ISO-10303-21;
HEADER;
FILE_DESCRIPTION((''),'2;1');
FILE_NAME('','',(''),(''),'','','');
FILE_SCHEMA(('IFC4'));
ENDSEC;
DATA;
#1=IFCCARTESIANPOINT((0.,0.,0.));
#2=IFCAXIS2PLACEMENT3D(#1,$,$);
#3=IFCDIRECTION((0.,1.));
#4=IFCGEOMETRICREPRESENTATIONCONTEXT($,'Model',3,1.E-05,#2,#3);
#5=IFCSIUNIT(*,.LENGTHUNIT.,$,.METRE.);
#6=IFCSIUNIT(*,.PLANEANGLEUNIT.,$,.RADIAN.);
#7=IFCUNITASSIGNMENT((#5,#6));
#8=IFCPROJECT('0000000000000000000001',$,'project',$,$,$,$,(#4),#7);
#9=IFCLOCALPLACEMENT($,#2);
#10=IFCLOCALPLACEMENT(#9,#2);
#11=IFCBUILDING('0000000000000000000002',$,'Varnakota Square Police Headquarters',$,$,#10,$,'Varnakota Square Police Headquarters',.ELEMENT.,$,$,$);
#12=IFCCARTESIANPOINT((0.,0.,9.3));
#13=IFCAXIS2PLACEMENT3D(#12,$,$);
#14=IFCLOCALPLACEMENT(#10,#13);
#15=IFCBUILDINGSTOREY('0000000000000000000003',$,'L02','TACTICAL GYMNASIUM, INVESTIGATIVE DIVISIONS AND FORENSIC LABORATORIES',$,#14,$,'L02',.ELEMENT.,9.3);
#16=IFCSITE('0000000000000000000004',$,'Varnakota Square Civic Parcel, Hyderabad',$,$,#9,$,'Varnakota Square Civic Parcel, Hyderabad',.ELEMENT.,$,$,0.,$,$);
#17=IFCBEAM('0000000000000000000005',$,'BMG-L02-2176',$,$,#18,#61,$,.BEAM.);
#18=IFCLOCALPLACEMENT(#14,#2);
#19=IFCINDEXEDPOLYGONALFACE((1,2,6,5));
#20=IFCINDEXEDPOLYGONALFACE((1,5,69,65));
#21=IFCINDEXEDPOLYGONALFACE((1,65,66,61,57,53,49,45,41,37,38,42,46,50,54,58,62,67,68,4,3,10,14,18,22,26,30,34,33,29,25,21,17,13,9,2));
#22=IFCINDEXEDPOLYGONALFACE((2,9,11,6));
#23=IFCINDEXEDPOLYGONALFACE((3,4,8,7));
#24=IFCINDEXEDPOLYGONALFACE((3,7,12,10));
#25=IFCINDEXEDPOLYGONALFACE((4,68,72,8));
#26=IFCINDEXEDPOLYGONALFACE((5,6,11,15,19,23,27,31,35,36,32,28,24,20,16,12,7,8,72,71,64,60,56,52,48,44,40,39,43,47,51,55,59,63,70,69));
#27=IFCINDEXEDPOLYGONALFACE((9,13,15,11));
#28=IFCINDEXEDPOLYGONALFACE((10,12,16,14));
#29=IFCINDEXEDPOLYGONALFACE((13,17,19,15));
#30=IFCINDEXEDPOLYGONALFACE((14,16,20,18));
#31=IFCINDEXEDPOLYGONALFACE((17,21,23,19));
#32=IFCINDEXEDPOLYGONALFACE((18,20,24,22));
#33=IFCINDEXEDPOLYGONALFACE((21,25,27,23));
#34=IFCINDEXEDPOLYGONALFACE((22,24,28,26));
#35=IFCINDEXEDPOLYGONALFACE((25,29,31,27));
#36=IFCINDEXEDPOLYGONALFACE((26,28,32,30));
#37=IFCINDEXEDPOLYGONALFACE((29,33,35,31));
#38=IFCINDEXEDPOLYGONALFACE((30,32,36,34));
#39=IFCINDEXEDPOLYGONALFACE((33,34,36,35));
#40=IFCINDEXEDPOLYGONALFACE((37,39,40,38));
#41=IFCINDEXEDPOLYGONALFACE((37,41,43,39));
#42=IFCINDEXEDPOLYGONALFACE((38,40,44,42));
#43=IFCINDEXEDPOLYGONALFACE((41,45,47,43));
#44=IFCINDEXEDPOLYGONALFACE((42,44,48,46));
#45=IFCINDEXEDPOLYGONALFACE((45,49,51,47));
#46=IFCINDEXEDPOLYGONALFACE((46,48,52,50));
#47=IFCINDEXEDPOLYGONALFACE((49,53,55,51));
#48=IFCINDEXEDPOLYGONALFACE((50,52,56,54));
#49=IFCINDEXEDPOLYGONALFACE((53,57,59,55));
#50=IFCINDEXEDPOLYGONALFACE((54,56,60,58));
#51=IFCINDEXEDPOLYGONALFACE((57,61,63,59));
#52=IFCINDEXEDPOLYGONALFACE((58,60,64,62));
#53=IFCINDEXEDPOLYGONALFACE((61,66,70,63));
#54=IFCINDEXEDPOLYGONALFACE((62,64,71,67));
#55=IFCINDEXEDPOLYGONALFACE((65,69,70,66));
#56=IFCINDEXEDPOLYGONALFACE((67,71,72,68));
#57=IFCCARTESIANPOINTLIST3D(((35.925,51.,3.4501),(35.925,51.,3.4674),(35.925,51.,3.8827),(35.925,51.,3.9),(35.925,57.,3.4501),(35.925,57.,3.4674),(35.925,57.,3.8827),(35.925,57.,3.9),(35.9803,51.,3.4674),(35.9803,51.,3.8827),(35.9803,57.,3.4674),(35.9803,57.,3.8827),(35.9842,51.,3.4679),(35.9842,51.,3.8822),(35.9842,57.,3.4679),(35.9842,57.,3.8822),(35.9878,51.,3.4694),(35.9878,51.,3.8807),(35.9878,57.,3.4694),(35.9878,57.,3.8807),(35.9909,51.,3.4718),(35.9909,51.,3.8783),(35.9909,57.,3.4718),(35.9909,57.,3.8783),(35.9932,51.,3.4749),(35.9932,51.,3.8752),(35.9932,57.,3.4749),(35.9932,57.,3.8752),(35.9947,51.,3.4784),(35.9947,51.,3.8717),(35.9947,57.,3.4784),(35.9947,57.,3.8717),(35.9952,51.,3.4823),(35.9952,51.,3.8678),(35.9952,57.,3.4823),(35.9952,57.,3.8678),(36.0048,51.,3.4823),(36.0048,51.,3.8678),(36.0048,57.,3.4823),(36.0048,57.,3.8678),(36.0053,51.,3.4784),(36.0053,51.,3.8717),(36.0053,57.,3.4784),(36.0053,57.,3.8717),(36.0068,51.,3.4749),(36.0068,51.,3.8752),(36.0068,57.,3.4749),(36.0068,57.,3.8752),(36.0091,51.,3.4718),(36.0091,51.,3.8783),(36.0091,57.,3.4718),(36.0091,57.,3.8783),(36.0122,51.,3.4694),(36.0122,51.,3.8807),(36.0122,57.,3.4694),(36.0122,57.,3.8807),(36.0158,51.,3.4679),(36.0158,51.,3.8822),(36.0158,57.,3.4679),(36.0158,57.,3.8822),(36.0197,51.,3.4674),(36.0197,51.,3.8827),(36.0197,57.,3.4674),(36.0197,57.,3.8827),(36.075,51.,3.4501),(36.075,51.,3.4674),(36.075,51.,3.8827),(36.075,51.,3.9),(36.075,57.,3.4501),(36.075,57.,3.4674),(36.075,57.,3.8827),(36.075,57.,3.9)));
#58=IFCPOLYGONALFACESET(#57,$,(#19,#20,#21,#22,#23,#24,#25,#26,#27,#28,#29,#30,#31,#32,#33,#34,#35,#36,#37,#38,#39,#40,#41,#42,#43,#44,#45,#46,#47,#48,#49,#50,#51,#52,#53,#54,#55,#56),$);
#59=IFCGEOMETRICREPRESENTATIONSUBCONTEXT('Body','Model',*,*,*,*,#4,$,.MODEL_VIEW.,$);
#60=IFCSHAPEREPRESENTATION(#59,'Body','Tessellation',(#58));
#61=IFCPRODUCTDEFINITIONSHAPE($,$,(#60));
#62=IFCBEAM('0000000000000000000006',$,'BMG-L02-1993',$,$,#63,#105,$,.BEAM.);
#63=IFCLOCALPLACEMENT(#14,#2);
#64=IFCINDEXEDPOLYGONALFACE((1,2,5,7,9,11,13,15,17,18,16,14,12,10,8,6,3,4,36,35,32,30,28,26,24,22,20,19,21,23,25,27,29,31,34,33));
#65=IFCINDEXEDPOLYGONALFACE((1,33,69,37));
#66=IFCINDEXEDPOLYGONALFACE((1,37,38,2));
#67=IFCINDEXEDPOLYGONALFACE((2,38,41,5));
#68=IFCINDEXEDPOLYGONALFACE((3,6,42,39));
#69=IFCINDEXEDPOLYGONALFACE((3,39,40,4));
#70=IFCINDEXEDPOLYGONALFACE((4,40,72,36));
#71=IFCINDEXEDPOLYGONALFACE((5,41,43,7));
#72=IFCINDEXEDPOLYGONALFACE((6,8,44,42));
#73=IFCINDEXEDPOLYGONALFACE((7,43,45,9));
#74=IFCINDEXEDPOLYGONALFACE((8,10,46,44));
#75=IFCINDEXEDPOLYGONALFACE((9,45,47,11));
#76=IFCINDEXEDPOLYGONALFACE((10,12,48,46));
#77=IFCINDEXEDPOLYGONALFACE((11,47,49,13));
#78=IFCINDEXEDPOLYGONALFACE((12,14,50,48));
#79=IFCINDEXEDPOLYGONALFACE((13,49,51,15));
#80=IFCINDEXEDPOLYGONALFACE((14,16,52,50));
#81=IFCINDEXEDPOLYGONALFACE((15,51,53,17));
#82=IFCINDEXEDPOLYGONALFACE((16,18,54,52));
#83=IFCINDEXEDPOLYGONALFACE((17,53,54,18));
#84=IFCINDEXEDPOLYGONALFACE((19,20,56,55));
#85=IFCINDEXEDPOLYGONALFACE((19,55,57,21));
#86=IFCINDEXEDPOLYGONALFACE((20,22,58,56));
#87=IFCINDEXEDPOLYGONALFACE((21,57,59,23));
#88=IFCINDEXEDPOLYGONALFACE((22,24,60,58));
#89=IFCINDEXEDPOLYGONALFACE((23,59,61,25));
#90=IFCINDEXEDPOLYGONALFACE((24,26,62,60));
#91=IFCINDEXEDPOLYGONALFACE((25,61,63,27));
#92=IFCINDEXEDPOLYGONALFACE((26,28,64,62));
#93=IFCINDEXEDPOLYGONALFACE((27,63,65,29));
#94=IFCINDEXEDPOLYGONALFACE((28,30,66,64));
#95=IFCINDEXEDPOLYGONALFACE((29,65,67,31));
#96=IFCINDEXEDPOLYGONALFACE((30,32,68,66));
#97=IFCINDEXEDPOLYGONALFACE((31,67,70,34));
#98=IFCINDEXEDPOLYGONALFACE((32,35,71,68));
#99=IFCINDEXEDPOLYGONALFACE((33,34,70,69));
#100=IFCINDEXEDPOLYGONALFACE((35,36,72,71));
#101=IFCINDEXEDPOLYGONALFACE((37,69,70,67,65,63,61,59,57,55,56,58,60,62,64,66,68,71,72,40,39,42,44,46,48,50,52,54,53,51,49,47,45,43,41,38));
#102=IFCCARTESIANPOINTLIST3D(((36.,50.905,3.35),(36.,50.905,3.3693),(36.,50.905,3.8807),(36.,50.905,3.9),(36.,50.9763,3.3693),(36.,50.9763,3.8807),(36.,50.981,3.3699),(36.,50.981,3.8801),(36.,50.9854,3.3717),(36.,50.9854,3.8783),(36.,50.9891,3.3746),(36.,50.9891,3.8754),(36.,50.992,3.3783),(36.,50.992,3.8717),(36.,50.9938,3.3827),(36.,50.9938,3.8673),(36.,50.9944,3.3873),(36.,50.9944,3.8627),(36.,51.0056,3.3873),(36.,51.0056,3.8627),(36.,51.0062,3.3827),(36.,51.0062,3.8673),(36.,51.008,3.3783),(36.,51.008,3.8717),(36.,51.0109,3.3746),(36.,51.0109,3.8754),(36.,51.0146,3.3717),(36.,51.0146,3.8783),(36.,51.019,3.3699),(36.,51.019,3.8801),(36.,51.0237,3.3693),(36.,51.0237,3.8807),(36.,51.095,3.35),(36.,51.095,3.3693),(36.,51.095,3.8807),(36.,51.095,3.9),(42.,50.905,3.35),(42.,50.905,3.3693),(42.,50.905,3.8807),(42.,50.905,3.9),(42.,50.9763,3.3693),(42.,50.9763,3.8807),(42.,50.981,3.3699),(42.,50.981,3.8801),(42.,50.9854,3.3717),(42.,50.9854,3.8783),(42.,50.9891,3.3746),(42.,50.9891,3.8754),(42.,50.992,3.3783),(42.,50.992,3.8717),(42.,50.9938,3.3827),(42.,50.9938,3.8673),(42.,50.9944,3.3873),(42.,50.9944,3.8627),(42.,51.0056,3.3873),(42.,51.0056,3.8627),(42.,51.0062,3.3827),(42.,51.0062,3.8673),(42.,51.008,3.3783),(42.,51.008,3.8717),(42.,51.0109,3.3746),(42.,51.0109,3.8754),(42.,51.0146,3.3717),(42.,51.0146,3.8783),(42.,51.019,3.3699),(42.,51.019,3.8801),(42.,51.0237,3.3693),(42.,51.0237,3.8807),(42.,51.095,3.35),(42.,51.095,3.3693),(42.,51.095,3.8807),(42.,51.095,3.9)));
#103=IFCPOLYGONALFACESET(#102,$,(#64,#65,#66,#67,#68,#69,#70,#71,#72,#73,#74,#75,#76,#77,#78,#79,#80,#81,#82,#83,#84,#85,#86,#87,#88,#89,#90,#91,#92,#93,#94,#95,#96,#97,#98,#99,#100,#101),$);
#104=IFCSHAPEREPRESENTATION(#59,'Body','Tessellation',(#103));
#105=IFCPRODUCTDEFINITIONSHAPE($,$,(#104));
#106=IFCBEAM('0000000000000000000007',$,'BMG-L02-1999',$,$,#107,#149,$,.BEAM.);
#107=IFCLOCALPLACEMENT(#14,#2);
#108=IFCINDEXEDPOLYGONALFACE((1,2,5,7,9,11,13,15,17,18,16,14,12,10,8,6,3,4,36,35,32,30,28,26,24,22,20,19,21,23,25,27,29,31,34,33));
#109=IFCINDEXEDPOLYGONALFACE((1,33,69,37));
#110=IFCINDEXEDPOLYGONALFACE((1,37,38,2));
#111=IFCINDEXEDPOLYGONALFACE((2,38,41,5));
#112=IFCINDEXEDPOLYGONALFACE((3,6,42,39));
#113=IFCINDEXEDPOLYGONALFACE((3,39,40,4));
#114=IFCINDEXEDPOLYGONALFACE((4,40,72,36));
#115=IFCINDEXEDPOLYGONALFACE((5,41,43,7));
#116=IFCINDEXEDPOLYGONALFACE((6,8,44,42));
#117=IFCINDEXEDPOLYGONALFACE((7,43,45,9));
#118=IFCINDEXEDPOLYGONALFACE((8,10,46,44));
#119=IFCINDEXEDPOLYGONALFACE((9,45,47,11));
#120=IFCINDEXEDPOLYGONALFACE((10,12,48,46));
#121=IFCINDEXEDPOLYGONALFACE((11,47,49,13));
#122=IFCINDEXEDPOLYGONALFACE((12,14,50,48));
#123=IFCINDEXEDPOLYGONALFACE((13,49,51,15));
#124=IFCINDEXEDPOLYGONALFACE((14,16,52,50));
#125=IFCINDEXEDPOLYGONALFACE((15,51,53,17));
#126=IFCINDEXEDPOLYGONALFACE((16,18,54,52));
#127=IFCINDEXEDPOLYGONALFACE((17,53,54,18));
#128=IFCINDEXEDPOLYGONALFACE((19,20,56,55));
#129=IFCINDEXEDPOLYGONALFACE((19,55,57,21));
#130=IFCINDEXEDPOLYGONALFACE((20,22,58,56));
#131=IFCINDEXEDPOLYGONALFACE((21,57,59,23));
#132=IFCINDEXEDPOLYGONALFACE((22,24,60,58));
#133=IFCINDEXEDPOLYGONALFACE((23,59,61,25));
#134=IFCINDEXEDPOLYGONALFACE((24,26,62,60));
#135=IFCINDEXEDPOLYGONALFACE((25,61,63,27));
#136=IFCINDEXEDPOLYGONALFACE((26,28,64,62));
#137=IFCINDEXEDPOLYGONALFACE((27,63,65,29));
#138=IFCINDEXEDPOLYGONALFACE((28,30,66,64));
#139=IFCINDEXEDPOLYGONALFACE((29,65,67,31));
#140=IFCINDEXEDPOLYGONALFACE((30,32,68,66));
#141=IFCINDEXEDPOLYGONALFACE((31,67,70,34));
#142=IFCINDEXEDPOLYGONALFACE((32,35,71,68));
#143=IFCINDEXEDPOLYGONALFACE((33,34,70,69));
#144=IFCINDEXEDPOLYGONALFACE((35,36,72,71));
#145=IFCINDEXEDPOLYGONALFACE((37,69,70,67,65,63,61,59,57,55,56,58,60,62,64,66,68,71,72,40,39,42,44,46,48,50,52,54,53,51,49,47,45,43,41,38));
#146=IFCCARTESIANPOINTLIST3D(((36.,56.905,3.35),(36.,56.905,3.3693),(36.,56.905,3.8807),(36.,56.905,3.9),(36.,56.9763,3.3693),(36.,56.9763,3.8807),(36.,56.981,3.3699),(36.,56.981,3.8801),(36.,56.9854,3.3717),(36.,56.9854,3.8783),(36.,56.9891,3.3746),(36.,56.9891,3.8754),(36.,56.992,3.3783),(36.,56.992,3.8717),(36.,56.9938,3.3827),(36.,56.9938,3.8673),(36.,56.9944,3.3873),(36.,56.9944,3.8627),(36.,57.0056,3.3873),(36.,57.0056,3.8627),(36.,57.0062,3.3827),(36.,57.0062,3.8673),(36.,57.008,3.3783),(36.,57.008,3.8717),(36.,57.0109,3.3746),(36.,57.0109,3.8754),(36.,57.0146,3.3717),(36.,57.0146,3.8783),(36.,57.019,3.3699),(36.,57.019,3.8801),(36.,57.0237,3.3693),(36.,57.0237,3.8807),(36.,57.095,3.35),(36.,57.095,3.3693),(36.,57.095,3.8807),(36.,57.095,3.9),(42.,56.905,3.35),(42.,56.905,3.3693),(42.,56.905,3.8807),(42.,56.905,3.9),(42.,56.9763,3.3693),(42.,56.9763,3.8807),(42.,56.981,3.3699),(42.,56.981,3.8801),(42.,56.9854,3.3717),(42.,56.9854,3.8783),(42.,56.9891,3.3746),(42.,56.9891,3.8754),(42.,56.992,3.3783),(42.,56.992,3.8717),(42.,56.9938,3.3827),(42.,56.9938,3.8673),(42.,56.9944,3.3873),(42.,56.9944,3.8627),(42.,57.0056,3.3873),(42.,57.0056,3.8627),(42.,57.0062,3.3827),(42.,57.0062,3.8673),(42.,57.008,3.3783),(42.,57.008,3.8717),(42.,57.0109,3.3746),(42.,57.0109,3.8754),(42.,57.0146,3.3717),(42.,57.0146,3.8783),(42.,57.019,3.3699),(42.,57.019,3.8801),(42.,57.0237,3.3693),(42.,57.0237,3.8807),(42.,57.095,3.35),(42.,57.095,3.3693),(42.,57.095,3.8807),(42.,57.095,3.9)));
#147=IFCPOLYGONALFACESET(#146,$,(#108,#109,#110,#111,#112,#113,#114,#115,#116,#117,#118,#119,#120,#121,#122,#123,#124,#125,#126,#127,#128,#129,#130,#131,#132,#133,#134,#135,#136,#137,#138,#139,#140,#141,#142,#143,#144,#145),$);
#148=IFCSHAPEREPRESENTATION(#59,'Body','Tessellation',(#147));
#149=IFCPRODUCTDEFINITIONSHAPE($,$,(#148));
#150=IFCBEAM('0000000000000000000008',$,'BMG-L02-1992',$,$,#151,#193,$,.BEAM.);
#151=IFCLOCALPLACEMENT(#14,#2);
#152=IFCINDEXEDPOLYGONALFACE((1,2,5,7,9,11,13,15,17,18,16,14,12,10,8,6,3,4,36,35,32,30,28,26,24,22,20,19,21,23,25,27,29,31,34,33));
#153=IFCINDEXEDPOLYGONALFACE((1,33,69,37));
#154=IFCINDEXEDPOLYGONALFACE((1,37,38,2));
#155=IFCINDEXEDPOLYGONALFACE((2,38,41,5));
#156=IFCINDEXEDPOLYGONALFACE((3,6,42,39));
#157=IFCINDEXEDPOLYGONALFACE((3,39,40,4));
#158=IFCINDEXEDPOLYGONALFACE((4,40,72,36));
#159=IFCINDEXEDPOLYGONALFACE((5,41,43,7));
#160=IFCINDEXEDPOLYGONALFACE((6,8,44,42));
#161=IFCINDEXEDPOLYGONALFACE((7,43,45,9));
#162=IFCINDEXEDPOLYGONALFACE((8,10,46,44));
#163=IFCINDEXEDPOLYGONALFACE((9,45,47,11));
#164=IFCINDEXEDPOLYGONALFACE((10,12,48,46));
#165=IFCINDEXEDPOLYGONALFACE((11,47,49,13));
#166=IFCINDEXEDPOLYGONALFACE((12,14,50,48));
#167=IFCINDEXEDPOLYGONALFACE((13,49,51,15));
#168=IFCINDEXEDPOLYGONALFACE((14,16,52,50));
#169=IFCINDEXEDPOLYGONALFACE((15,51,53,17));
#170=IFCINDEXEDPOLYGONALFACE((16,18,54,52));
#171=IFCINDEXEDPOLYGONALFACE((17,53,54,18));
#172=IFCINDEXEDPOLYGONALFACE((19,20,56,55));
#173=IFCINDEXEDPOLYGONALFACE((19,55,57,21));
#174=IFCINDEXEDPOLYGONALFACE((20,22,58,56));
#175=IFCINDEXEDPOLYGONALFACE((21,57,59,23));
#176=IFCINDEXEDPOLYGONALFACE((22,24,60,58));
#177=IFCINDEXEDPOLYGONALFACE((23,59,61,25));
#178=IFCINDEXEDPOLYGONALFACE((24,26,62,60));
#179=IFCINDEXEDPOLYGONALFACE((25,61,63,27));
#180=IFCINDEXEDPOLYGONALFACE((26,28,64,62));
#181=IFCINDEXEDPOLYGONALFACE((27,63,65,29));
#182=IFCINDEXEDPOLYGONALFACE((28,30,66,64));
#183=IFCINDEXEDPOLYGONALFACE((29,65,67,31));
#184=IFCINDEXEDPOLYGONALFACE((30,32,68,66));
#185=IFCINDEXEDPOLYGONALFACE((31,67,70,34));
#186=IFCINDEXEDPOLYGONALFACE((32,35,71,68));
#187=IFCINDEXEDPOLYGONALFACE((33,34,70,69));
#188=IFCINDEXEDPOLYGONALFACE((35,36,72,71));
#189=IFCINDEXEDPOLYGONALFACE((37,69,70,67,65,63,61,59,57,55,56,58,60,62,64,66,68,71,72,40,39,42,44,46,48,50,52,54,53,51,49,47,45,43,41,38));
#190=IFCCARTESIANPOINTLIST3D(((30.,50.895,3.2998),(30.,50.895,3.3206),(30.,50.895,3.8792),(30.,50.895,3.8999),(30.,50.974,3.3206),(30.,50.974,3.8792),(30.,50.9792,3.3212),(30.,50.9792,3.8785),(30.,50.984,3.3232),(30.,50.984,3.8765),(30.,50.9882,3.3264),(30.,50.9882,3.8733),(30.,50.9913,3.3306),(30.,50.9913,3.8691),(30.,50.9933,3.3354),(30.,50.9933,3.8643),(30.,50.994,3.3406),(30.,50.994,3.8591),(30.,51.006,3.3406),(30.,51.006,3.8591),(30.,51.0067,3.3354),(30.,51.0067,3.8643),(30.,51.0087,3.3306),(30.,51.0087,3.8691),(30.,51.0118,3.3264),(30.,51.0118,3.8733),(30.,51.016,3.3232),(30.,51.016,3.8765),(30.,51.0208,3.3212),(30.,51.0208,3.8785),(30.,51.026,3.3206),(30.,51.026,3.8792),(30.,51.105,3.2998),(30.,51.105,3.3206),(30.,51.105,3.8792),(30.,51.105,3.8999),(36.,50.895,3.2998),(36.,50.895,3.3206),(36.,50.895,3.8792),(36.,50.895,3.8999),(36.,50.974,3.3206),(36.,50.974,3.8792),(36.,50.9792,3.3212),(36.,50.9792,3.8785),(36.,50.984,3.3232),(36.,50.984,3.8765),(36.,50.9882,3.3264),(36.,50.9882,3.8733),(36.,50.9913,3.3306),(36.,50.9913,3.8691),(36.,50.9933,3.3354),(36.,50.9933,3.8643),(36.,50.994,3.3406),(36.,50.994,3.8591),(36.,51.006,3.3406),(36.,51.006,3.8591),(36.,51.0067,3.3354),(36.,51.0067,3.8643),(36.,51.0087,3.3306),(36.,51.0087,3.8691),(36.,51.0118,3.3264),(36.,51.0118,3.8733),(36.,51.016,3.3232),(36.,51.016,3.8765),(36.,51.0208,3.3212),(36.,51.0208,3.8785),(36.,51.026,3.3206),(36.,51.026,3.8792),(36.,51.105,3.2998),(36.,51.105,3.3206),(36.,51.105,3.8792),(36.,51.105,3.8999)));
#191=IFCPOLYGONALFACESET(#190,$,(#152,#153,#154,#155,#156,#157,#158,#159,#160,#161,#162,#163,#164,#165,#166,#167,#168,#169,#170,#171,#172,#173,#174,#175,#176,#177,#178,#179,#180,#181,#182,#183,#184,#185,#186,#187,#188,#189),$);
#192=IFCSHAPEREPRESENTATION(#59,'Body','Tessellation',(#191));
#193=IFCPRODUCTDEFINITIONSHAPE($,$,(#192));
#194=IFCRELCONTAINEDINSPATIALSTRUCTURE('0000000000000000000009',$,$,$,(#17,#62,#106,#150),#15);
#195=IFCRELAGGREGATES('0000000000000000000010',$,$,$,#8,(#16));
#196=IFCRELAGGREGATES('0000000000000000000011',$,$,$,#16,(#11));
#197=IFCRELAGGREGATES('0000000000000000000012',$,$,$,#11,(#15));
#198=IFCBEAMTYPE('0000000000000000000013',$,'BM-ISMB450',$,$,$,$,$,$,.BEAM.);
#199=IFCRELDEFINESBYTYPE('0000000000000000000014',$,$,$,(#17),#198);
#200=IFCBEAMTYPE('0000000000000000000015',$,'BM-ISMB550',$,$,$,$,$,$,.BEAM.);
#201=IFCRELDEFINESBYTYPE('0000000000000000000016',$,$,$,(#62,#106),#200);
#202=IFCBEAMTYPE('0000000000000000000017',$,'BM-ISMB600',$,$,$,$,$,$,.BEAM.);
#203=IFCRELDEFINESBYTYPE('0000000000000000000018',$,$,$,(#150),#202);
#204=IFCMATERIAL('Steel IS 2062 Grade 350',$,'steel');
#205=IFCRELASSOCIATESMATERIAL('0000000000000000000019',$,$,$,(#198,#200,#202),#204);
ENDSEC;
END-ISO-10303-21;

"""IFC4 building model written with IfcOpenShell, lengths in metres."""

from ifc_helpers import new_model, si_unit, direction, frame, origin, origin_2d, place, context, subcontext, project, spatial, i_section, extrude, material, material_profile, profile_set, type_object, element, save


model = new_model("IFC4")

# Units and contexts
model_context = context("Model", 3, precision=1e-05, world=origin(), true_north=direction((0.0, 1.0)))
body_context = subcontext(model_context, "Body", "Model", "MODEL_VIEW")
ifc_project = project(units=[si_unit("LENGTHUNIT", "METRE"), si_unit("PLANEANGLEUNIT", "RADIAN")], contexts=[model_context])

# Site, building, storey
site_placement = place(None, origin())
site = spatial("IfcSite", under=ifc_project, at=site_placement, Name="Varnakota Square Civic Parcel, Hyderabad", LongName="Varnakota Square Civic Parcel, Hyderabad", CompositionType="ELEMENT", RefElevation=0.0)
building_placement = place(site_placement, origin())
building = spatial("IfcBuilding", under=site, at=building_placement, Name="Varnakota Square Police Headquarters", LongName="Varnakota Square Police Headquarters", CompositionType="ELEMENT")
storey_placement = place(building_placement, frame((0.0, 0.0, 9.3)))
storey = spatial("IfcBuildingStorey", under=building, at=storey_placement, Name="L02", Description="TACTICAL GYMNASIUM, INVESTIGATIVE DIVISIONS AND FORENSIC LABORATORIES", LongName="L02", CompositionType="ELEMENT", Elevation=9.3)

# Shared definitions
ifc_material_1 = material(Name="Steel IS 2062 Grade 350", Category="steel")

# Beams
ifc_material_profile_1 = material_profile(ifc_material_1, i_section(OverallWidth=0.1499, OverallDepth=0.45, WebThickness=0.0095, FlangeThickness=0.0173, FilletRadius=0.0149, at=origin_2d()), Name="ISMB 450")
ifc_profile_set_1 = profile_set([ifc_material_profile_1], Name="Steel IS 2062 Grade 350")
beam_type_1 = type_object("IfcBeamType", Name="BM-ISMB450", PredefinedType="BEAM", material=ifc_profile_set_1)
for number, where, z_axis, x_axis, name in (
    (1, (36.0, 51.0, 3.675), (0.0, 1.0, 0.0), (-1.0, 0.0, 0.0), "BMG-L02-2176"),
):
    element("IfcBeam", number, at=place(storey_placement, frame(where, z_axis=z_axis, x_axis=x_axis)), inside=storey, type_object=beam_type_1, Name=name, PredefinedType="BEAM", context=body_context, shape_type="SweptSolid", body=[
        extrude(i_section(OverallWidth=0.1499, OverallDepth=0.45, WebThickness=0.0095, FlangeThickness=0.0173, FilletRadius=0.0149, at=origin_2d()), origin(), (0.0, 0.0, 1.0), 6.0),
    ])
ifc_material_profile_2 = material_profile(ifc_material_1, i_section(OverallWidth=0.1899, OverallDepth=0.55, WebThickness=0.0112, FlangeThickness=0.0193, FilletRadius=0.0181, at=origin_2d()), Name="ISMB 550")
ifc_profile_set_2 = profile_set([ifc_material_profile_2], Name="Steel IS 2062 Grade 350")
beam_type_2 = type_object("IfcBeamType", Name="BM-ISMB550", PredefinedType="BEAM", material=ifc_profile_set_2)
for number, where, z_axis, x_axis, name in (
    (2, (36.0, 51.0, 3.625), (1.0, 0.0, 0.0), (0.0, 1.0, 0.0), "BMG-L02-1993"),
    (3, (36.0, 57.0, 3.625), (1.0, 0.0, 0.0), (0.0, 1.0, 0.0), "BMG-L02-1999"),
):
    element("IfcBeam", number, at=place(storey_placement, frame(where, z_axis=z_axis, x_axis=x_axis)), inside=storey, type_object=beam_type_2, Name=name, PredefinedType="BEAM", context=body_context, shape_type="SweptSolid", body=[
        extrude(i_section(OverallWidth=0.1899, OverallDepth=0.55, WebThickness=0.0112, FlangeThickness=0.0193, FilletRadius=0.0181, at=origin_2d()), origin(), (0.0, 0.0, 1.0), 6.0),
    ])
ifc_material_profile_3 = material_profile(ifc_material_1, i_section(OverallWidth=0.21, OverallDepth=0.6001, WebThickness=0.012, FlangeThickness=0.0208, FilletRadius=0.02, at=origin_2d()), Name="ISMB 600")
ifc_profile_set_3 = profile_set([ifc_material_profile_3], Name="Steel IS 2062 Grade 350")
beam_type_3 = type_object("IfcBeamType", Name="BM-ISMB600", PredefinedType="BEAM", material=ifc_profile_set_3)
for number, where, z_axis, x_axis, name in (
    (4, (30.0, 51.0, 3.5999), (1.0, 0.0, 0.0), (0.0, 1.0, 0.0), "BMG-L02-1992"),
):
    element("IfcBeam", number, at=place(storey_placement, frame(where, z_axis=z_axis, x_axis=x_axis)), inside=storey, type_object=beam_type_3, Name=name, PredefinedType="BEAM", context=body_context, shape_type="SweptSolid", body=[
        extrude(i_section(OverallWidth=0.21, OverallDepth=0.6001, WebThickness=0.012, FlangeThickness=0.0208, FilletRadius=0.02, at=origin_2d()), origin(), (0.0, 0.0, 1.0), 6.0),
    ])

save(model, "model.ifc")
